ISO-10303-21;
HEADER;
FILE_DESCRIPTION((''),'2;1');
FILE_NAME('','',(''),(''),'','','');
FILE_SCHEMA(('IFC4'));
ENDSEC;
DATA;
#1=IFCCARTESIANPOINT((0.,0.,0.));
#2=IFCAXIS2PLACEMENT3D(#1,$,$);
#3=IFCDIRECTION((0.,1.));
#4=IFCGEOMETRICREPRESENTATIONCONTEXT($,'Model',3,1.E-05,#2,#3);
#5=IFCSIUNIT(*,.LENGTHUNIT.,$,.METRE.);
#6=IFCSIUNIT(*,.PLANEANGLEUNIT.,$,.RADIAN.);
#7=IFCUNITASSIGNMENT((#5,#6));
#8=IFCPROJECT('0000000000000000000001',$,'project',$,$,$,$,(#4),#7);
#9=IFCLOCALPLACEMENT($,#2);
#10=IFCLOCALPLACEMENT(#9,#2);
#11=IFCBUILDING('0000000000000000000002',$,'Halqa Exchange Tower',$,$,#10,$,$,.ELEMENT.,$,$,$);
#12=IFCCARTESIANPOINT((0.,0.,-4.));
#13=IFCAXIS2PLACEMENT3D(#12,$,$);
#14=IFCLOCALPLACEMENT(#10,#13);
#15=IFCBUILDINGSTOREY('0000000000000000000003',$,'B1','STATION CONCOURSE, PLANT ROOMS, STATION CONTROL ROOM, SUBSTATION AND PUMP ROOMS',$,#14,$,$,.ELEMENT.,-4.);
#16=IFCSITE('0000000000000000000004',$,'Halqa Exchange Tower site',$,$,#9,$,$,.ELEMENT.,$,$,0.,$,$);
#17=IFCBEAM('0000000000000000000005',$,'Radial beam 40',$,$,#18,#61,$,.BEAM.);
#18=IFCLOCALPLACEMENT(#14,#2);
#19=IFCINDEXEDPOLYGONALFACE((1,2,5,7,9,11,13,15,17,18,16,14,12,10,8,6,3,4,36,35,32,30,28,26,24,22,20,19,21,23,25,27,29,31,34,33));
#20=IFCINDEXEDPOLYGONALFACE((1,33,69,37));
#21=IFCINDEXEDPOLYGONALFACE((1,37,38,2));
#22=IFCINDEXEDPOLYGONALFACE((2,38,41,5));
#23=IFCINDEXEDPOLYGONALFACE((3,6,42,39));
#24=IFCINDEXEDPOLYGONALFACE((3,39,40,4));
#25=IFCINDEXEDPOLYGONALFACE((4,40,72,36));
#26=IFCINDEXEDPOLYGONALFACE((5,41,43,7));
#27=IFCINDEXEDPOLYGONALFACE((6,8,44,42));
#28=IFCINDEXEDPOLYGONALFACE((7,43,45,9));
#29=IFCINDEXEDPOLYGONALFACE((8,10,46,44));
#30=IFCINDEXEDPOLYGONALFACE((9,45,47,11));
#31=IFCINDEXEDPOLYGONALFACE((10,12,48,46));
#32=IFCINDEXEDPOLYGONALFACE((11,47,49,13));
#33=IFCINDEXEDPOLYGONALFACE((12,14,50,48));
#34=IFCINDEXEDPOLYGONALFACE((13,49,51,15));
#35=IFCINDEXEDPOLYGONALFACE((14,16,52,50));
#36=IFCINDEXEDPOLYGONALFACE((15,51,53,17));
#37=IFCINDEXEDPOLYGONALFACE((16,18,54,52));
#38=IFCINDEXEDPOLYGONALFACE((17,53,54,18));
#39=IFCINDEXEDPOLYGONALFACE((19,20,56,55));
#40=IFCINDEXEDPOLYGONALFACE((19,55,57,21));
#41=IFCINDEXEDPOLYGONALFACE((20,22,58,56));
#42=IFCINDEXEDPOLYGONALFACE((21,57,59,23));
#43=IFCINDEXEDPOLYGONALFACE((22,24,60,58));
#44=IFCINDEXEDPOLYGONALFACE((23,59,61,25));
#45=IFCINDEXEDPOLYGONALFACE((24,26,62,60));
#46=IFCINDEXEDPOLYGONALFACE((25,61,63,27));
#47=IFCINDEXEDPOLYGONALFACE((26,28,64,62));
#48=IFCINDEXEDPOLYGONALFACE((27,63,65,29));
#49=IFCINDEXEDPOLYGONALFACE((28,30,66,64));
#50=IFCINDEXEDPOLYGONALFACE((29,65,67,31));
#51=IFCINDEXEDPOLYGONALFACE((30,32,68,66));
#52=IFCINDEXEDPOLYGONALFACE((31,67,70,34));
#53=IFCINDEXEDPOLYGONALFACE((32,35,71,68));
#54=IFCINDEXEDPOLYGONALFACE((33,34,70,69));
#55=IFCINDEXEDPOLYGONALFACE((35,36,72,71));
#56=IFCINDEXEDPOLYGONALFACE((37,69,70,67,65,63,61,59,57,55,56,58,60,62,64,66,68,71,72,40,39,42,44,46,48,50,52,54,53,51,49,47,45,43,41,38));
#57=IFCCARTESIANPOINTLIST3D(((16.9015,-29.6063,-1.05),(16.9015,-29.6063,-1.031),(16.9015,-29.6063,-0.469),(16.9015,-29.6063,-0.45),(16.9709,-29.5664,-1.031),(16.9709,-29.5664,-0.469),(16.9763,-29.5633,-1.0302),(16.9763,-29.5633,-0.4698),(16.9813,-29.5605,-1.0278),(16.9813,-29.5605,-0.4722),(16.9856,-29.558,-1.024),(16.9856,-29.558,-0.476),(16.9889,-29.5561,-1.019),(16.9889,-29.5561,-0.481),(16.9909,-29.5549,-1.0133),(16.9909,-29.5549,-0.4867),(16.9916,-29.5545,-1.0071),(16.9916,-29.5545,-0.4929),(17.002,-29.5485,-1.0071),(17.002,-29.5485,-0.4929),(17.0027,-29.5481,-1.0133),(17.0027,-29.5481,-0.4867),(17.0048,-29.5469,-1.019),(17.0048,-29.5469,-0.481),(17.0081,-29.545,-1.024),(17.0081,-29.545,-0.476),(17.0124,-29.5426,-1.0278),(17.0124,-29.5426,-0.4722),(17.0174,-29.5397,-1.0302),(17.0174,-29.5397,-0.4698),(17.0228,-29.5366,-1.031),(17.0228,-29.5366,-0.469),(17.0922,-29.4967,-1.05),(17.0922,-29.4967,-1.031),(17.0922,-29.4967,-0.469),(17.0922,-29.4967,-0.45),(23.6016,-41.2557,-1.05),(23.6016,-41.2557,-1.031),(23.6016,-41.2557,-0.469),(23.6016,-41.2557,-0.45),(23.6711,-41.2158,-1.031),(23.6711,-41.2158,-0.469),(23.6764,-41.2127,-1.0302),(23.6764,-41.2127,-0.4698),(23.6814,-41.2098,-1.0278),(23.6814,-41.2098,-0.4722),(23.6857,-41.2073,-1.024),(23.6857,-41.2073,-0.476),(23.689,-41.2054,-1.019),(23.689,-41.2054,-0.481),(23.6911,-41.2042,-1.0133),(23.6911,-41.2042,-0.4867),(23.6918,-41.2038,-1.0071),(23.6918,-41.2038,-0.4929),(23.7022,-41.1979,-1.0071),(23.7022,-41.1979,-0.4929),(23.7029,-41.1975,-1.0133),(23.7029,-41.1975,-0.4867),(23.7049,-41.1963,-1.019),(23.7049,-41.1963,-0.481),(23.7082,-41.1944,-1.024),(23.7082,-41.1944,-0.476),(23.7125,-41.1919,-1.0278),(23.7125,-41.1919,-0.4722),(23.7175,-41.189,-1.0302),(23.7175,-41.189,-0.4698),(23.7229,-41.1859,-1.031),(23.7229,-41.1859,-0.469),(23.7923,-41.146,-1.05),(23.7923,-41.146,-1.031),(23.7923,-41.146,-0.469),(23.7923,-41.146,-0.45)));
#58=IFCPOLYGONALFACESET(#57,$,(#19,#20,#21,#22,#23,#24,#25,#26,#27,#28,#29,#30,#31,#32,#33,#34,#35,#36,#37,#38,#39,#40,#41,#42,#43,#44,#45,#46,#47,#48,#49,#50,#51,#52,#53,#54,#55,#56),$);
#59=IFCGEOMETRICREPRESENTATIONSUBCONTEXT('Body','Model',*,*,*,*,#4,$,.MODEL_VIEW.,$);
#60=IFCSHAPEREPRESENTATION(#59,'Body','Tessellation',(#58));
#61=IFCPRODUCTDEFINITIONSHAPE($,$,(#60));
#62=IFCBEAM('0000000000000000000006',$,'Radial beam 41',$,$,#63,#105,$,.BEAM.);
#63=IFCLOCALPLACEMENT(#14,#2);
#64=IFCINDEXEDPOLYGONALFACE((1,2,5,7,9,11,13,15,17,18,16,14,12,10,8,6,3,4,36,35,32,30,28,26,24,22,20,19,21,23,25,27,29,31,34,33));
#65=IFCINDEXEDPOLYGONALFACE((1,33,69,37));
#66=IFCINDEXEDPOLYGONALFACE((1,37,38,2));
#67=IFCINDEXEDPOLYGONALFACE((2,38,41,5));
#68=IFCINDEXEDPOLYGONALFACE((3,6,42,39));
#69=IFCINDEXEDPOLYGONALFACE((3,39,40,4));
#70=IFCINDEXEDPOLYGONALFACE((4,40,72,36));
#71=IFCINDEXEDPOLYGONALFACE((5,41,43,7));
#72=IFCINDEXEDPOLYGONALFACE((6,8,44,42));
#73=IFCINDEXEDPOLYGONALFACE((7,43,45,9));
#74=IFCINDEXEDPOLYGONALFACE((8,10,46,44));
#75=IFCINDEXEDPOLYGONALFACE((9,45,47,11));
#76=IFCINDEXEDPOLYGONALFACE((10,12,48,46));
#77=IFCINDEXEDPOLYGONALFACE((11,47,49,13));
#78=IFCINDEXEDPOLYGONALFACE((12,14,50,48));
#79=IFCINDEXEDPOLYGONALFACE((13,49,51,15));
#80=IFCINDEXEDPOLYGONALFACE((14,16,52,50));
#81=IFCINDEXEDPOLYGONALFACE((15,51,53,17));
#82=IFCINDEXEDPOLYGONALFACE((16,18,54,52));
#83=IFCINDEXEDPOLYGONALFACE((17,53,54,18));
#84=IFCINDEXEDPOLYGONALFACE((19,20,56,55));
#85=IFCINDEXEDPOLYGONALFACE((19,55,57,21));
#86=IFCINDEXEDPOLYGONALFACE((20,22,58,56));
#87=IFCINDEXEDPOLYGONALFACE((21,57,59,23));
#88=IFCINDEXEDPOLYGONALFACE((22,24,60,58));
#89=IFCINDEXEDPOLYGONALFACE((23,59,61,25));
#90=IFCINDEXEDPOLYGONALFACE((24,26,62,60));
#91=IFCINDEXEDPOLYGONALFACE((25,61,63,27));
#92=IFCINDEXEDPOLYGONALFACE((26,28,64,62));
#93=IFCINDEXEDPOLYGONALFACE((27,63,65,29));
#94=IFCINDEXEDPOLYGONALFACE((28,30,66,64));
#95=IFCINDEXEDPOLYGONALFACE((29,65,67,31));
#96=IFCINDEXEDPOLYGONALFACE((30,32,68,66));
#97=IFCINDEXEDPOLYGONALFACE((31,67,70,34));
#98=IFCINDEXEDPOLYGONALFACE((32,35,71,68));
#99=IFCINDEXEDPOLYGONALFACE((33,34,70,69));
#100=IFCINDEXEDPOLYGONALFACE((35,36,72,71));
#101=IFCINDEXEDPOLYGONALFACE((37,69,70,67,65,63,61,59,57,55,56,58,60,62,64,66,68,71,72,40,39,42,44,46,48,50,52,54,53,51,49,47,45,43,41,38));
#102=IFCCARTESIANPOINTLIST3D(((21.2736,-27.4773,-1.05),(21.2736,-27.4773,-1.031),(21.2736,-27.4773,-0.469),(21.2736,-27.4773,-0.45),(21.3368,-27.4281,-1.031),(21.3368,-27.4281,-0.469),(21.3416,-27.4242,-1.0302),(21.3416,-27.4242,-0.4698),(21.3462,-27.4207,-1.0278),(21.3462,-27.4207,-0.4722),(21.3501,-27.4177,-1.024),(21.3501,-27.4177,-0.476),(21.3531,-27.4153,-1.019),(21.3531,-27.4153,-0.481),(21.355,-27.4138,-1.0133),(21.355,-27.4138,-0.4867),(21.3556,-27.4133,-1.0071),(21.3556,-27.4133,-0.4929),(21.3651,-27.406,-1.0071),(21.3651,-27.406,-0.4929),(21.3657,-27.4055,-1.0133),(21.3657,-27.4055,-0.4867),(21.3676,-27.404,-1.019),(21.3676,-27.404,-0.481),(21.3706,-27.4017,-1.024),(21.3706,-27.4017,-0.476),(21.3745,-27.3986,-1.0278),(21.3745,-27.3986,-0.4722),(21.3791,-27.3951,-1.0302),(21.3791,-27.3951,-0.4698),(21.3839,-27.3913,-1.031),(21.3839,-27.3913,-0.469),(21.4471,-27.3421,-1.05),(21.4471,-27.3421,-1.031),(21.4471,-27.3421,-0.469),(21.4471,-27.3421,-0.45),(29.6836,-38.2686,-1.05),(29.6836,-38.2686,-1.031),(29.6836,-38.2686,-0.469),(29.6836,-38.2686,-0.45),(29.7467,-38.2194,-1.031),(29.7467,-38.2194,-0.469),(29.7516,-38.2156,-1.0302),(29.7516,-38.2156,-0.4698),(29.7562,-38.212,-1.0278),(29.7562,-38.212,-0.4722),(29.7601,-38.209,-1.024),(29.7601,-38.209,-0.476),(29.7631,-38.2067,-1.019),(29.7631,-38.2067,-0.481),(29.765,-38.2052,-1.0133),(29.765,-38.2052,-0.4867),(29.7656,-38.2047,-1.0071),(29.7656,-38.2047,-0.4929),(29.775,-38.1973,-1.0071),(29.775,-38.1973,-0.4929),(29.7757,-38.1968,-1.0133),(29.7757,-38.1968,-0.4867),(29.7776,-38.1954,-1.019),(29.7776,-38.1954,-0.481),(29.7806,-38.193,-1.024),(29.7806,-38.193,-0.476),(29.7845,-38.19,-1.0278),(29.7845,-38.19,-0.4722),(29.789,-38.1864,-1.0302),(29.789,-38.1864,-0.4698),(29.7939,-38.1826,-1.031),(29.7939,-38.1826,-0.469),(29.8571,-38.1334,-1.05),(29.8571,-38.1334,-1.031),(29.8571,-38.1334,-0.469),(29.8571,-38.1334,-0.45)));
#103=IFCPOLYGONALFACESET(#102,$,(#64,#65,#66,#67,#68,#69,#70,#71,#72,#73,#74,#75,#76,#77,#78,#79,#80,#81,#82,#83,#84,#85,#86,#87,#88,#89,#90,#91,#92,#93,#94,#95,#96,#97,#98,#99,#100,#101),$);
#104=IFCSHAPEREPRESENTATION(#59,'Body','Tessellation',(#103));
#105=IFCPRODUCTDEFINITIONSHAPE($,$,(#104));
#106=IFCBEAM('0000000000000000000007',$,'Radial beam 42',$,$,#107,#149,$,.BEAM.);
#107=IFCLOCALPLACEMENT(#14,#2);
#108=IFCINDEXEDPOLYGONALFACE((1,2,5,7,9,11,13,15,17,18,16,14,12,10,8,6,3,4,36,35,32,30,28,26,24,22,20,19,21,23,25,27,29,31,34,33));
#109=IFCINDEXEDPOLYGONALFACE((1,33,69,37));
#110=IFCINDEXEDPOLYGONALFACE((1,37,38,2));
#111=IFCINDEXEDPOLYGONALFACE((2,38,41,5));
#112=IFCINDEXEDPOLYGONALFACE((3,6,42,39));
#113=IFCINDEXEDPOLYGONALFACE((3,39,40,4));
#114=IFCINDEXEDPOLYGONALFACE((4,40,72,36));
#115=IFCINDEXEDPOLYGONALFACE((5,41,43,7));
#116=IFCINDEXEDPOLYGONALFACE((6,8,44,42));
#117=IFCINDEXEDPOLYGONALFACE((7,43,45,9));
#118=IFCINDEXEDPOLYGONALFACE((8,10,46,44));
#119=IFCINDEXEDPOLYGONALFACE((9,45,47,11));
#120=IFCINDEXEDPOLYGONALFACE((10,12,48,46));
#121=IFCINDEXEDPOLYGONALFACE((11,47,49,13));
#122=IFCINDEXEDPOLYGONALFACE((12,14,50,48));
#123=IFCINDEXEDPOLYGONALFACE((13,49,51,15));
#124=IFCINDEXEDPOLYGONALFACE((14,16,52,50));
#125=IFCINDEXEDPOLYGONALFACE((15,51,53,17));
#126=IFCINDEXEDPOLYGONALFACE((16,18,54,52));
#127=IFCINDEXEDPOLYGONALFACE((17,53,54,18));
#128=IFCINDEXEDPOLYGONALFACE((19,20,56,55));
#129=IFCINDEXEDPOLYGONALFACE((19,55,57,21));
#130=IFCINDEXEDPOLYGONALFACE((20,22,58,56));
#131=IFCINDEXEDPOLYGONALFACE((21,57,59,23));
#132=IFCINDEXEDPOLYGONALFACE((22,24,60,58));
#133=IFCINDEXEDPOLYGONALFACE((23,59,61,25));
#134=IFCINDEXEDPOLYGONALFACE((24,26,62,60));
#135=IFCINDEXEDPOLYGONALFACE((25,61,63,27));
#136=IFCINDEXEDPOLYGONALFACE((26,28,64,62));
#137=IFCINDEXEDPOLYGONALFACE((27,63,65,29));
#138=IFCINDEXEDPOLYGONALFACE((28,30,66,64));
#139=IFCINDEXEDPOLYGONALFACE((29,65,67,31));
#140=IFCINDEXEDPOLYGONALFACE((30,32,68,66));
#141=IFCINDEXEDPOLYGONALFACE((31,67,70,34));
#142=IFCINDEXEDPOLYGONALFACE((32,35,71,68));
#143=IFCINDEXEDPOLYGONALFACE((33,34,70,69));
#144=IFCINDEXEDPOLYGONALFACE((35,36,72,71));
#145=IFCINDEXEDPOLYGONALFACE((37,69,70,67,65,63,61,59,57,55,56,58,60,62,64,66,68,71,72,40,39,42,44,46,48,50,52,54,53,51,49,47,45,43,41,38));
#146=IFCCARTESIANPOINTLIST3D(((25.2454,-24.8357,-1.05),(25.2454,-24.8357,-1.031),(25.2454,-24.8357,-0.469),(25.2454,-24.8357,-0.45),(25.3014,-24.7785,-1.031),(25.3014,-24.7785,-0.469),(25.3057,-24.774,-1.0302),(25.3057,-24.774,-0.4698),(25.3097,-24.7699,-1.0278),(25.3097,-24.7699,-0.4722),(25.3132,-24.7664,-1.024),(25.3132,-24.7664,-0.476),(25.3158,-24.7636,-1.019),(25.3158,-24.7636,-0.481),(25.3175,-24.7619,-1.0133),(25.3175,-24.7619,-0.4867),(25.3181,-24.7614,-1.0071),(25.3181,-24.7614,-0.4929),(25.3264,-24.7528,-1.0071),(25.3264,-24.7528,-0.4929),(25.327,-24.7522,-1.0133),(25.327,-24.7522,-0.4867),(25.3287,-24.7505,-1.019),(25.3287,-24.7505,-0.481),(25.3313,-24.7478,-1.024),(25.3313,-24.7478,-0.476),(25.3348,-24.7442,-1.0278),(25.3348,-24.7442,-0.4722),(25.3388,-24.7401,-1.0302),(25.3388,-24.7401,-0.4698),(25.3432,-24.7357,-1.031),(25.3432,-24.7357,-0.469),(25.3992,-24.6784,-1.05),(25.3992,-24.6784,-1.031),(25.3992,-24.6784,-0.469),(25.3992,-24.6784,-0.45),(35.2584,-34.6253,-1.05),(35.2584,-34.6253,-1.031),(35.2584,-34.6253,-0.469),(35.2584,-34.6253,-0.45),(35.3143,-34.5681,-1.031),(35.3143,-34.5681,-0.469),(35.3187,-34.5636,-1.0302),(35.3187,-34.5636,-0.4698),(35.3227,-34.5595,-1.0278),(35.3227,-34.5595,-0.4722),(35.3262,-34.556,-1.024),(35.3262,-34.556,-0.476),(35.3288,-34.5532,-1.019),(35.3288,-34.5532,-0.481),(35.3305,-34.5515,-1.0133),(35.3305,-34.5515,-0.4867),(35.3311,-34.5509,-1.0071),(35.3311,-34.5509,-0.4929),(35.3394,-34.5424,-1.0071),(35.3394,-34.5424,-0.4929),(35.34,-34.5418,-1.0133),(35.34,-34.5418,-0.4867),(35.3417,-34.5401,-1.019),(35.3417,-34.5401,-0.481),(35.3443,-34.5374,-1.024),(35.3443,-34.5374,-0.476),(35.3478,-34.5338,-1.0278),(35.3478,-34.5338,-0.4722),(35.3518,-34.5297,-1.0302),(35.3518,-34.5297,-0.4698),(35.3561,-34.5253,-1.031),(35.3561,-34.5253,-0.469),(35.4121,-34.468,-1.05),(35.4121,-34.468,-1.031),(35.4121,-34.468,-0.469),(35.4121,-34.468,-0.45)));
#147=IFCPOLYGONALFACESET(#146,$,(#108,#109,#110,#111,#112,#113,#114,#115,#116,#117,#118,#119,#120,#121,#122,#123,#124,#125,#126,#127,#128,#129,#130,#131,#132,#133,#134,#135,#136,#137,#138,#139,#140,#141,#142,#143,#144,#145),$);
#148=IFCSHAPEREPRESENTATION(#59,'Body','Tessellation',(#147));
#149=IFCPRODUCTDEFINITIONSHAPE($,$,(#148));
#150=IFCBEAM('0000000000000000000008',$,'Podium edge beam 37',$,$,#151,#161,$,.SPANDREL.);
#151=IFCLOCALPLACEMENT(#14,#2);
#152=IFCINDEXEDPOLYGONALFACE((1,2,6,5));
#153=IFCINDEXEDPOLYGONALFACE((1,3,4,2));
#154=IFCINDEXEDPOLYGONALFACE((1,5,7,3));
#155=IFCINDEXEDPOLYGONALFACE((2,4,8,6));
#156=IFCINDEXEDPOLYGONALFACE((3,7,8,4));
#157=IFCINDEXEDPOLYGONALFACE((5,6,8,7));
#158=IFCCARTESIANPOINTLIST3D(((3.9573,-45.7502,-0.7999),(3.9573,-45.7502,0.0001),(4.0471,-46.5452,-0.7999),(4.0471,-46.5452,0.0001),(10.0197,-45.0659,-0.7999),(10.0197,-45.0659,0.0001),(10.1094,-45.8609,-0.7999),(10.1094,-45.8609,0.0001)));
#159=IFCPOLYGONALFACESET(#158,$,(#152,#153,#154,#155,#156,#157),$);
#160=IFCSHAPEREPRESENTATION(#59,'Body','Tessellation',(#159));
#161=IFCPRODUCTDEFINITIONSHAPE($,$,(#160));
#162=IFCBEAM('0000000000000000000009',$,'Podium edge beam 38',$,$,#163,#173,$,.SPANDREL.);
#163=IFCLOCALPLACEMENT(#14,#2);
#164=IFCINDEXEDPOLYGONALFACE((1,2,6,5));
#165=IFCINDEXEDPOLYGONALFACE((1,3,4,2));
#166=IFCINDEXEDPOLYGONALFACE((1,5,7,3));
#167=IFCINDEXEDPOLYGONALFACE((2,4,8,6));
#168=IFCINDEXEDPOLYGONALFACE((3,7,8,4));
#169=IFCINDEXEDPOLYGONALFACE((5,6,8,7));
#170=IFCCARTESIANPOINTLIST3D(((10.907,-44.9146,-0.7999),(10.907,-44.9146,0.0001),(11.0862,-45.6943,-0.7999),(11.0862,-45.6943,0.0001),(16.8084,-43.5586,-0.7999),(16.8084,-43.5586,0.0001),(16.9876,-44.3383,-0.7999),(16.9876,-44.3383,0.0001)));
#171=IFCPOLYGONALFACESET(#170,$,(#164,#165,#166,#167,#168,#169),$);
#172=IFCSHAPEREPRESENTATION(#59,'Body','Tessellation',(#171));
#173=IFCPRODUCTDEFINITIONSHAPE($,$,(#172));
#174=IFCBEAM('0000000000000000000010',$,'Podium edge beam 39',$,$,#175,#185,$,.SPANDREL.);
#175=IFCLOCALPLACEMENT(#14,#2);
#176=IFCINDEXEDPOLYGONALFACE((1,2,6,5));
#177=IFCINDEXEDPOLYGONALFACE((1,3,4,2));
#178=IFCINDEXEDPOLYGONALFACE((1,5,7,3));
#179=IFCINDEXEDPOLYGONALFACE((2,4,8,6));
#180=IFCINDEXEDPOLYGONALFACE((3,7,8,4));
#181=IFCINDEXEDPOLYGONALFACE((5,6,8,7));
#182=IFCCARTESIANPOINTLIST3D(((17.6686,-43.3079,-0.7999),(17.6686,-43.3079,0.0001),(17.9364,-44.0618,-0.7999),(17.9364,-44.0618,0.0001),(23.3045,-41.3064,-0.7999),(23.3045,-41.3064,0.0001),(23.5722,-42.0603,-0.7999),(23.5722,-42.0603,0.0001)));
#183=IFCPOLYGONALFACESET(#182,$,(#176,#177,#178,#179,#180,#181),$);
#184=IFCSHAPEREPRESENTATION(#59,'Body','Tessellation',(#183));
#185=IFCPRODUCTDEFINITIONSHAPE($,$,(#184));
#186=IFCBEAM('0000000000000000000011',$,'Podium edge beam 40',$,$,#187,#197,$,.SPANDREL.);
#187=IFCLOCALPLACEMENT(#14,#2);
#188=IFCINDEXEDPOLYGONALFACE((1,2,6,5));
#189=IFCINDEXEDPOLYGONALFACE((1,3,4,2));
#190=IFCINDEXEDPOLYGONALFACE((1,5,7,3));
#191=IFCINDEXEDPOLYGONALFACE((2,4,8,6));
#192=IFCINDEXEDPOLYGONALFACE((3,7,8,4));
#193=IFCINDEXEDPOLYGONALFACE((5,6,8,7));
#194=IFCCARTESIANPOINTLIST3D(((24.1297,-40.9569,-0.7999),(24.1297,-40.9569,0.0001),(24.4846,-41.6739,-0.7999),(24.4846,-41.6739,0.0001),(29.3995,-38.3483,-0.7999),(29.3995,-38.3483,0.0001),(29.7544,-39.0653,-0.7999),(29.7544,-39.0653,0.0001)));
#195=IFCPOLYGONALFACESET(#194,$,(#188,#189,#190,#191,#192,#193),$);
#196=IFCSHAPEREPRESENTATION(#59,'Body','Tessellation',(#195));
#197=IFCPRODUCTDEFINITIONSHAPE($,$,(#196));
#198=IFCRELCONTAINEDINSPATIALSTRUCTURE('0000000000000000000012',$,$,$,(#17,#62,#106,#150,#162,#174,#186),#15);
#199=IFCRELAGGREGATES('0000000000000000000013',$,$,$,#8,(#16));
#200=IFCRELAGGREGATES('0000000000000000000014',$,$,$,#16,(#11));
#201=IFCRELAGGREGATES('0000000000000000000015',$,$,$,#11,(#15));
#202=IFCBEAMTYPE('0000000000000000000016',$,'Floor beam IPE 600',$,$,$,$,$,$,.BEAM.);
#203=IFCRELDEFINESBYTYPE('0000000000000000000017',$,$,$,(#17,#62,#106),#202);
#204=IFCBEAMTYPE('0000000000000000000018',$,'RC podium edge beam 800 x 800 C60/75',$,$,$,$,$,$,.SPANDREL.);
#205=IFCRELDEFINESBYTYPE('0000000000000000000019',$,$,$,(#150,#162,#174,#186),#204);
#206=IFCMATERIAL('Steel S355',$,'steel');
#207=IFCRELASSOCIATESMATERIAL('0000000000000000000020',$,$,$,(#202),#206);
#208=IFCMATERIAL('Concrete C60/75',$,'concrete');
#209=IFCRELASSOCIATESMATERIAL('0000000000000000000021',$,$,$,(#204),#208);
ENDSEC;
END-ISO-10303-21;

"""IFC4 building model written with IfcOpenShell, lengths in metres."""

from ifc_helpers import new_model, si_unit, direction, frame, origin, origin_2d, place, context, subcontext, project, spatial, rectangle, i_section, extrude, material, material_profile, profile_set, type_object, element, save


model = new_model("IFC4")

# Units and contexts
model_context = context("Model", 3, precision=1e-05, world=origin(), true_north=direction((0.0, 1.0)))
body_context = subcontext(model_context, "Body", "Model", "MODEL_VIEW")
ifc_project = project(units=[si_unit("LENGTHUNIT", "METRE"), si_unit("PLANEANGLEUNIT", "RADIAN")], contexts=[model_context])

# Site, building, storey
site_placement = place(None, origin())
site = spatial("IfcSite", under=ifc_project, at=site_placement, Name="Halqa Exchange Tower site", CompositionType="ELEMENT", RefElevation=0.0)
building_placement = place(site_placement, origin())
building = spatial("IfcBuilding", under=site, at=building_placement, Name="Halqa Exchange Tower", CompositionType="ELEMENT")
storey_placement = place(building_placement, frame((0.0, 0.0, -4.0)))
storey = spatial("IfcBuildingStorey", under=building, at=storey_placement, Name="B1", Description="STATION CONCOURSE, PLANT ROOMS, STATION CONTROL ROOM, SUBSTATION AND PUMP ROOMS", CompositionType="ELEMENT", Elevation=-4.0)

# Shared definitions
ifc_material_1 = material(Name="Concrete C60/75", Category="concrete")

# Beams
ifc_material_2 = material(Name="Steel S355", Category="steel")
ifc_material_profile_1 = material_profile(ifc_material_2, i_section(OverallWidth=0.22, OverallDepth=0.6001, WebThickness=0.012, FlangeThickness=0.019, FilletRadius=0.0239, at=origin_2d()), Name="IPE 600")
ifc_profile_set_1 = profile_set([ifc_material_profile_1], Name="Steel S355")
beam_type_1 = type_object("IfcBeamType", Name="Floor beam IPE 600", PredefinedType="BEAM", material=ifc_profile_set_1)
beam_1_placement = place(storey_placement, frame((16.9968, -29.5515, -0.75), z_axis=(0.498571, -0.866849, 0.0), x_axis=(0.866849, 0.498571, 0.0)))
element("IfcBeam", 1, at=beam_1_placement, inside=storey, type_object=beam_type_1, Name="Radial beam 40", PredefinedType="BEAM", context=body_context, shape_type="SweptSolid", body=[
    extrude(i_section(OverallWidth=0.22, OverallDepth=0.6001, WebThickness=0.012, FlangeThickness=0.019, FilletRadius=0.0239, at=origin_2d()), origin(), (0.0, 0.0, 1.0), 13.4387),
])
beam_2_placement = place(storey_placement, frame((21.3604, -27.4097, -0.75), z_axis=(0.614701, -0.78876, 0.0), x_axis=(0.78876, 0.614701, 0.0)))
element("IfcBeam", 2, at=beam_2_placement, inside=storey, type_object=beam_type_1, Name="Radial beam 41", PredefinedType="BEAM", context=body_context, shape_type="SweptSolid", body=[
    extrude(i_section(OverallWidth=0.22, OverallDepth=0.6001, WebThickness=0.012, FlangeThickness=0.019, FilletRadius=0.0239, at=origin_2d()), origin(), (0.0, 0.0, 1.0), 13.6814),
])
beam_3_placement = place(storey_placement, frame((25.3223, -24.7571, -0.75), z_axis=(0.715038, -0.699086, 0.0), x_axis=(0.699086, 0.715038, 0.0)))
element("IfcBeam", 3, at=beam_3_placement, inside=storey, type_object=beam_type_1, Name="Radial beam 42", PredefinedType="BEAM", context=body_context, shape_type="SweptSolid", body=[
    extrude(i_section(OverallWidth=0.22, OverallDepth=0.6001, WebThickness=0.012, FlangeThickness=0.019, FilletRadius=0.0239, at=origin_2d()), origin(), (0.0, 0.0, 1.0), 14.0034),
])
ifc_material_profile_2 = material_profile(ifc_material_1, rectangle(XDim=0.8, YDim=0.8, at=origin_2d()), Name="800 x 800")
ifc_profile_set_2 = profile_set([ifc_material_profile_2], Name="Concrete C60/75")
beam_type_2 = type_object("IfcBeamType", Name="RC podium edge beam 800 x 800 C60/75", PredefinedType="SPANDREL", material=ifc_profile_set_2)
beam_4_placement = place(storey_placement, frame((4.0022, -46.1477, -0.3999), z_axis=(0.993689, 0.112171, 0.0), x_axis=(-0.112171, 0.993689, 0.0)))
element("IfcBeam", 4, at=beam_4_placement, inside=storey, type_object=beam_type_2, Name="Podium edge beam 37", PredefinedType="SPANDREL", context=body_context, shape_type="SweptSolid", body=[
    extrude(rectangle(XDim=0.8, YDim=0.8, at=origin_2d()), origin(), (0.0, 0.0, 1.0), 6.1008),
])
beam_5_placement = place(storey_placement, frame((10.9966, -45.3044, -0.3999), z_axis=(0.974604, 0.223935, 0.0), x_axis=(-0.223935, 0.974604, 0.0)))
element("IfcBeam", 5, at=beam_5_placement, inside=storey, type_object=beam_type_2, Name="Podium edge beam 38", PredefinedType="SPANDREL", context=body_context, shape_type="SweptSolid", body=[
    extrude(rectangle(XDim=0.8, YDim=0.8, at=origin_2d()), origin(), (0.0, 0.0, 1.0), 6.0552),
])
beam_6_placement = place(storey_placement, frame((17.8025, -43.6848, -0.3999), z_axis=(0.942343, 0.334647, 0.0), x_axis=(-0.334647, 0.942343, 0.0)))
element("IfcBeam", 6, at=beam_6_placement, inside=storey, type_object=beam_type_2, Name="Podium edge beam 39", PredefinedType="SPANDREL", context=body_context, shape_type="SweptSolid", body=[
    extrude(rectangle(XDim=0.8, YDim=0.8, at=origin_2d()), origin(), (0.0, 0.0, 1.0), 5.9807),
])
beam_7_placement = place(storey_placement, frame((24.3071, -41.3154, -0.3999), z_axis=(0.896205, 0.443639, 0.0), x_axis=(-0.443639, 0.896205, 0.0)))
element("IfcBeam", 7, at=beam_7_placement, inside=storey, type_object=beam_type_2, Name="Podium edge beam 40", PredefinedType="SPANDREL", context=body_context, shape_type="SweptSolid", body=[
    extrude(rectangle(XDim=0.8, YDim=0.8, at=origin_2d()), origin(), (0.0, 0.0, 1.0), 5.8801),
])

save(model, "model.ifc")
